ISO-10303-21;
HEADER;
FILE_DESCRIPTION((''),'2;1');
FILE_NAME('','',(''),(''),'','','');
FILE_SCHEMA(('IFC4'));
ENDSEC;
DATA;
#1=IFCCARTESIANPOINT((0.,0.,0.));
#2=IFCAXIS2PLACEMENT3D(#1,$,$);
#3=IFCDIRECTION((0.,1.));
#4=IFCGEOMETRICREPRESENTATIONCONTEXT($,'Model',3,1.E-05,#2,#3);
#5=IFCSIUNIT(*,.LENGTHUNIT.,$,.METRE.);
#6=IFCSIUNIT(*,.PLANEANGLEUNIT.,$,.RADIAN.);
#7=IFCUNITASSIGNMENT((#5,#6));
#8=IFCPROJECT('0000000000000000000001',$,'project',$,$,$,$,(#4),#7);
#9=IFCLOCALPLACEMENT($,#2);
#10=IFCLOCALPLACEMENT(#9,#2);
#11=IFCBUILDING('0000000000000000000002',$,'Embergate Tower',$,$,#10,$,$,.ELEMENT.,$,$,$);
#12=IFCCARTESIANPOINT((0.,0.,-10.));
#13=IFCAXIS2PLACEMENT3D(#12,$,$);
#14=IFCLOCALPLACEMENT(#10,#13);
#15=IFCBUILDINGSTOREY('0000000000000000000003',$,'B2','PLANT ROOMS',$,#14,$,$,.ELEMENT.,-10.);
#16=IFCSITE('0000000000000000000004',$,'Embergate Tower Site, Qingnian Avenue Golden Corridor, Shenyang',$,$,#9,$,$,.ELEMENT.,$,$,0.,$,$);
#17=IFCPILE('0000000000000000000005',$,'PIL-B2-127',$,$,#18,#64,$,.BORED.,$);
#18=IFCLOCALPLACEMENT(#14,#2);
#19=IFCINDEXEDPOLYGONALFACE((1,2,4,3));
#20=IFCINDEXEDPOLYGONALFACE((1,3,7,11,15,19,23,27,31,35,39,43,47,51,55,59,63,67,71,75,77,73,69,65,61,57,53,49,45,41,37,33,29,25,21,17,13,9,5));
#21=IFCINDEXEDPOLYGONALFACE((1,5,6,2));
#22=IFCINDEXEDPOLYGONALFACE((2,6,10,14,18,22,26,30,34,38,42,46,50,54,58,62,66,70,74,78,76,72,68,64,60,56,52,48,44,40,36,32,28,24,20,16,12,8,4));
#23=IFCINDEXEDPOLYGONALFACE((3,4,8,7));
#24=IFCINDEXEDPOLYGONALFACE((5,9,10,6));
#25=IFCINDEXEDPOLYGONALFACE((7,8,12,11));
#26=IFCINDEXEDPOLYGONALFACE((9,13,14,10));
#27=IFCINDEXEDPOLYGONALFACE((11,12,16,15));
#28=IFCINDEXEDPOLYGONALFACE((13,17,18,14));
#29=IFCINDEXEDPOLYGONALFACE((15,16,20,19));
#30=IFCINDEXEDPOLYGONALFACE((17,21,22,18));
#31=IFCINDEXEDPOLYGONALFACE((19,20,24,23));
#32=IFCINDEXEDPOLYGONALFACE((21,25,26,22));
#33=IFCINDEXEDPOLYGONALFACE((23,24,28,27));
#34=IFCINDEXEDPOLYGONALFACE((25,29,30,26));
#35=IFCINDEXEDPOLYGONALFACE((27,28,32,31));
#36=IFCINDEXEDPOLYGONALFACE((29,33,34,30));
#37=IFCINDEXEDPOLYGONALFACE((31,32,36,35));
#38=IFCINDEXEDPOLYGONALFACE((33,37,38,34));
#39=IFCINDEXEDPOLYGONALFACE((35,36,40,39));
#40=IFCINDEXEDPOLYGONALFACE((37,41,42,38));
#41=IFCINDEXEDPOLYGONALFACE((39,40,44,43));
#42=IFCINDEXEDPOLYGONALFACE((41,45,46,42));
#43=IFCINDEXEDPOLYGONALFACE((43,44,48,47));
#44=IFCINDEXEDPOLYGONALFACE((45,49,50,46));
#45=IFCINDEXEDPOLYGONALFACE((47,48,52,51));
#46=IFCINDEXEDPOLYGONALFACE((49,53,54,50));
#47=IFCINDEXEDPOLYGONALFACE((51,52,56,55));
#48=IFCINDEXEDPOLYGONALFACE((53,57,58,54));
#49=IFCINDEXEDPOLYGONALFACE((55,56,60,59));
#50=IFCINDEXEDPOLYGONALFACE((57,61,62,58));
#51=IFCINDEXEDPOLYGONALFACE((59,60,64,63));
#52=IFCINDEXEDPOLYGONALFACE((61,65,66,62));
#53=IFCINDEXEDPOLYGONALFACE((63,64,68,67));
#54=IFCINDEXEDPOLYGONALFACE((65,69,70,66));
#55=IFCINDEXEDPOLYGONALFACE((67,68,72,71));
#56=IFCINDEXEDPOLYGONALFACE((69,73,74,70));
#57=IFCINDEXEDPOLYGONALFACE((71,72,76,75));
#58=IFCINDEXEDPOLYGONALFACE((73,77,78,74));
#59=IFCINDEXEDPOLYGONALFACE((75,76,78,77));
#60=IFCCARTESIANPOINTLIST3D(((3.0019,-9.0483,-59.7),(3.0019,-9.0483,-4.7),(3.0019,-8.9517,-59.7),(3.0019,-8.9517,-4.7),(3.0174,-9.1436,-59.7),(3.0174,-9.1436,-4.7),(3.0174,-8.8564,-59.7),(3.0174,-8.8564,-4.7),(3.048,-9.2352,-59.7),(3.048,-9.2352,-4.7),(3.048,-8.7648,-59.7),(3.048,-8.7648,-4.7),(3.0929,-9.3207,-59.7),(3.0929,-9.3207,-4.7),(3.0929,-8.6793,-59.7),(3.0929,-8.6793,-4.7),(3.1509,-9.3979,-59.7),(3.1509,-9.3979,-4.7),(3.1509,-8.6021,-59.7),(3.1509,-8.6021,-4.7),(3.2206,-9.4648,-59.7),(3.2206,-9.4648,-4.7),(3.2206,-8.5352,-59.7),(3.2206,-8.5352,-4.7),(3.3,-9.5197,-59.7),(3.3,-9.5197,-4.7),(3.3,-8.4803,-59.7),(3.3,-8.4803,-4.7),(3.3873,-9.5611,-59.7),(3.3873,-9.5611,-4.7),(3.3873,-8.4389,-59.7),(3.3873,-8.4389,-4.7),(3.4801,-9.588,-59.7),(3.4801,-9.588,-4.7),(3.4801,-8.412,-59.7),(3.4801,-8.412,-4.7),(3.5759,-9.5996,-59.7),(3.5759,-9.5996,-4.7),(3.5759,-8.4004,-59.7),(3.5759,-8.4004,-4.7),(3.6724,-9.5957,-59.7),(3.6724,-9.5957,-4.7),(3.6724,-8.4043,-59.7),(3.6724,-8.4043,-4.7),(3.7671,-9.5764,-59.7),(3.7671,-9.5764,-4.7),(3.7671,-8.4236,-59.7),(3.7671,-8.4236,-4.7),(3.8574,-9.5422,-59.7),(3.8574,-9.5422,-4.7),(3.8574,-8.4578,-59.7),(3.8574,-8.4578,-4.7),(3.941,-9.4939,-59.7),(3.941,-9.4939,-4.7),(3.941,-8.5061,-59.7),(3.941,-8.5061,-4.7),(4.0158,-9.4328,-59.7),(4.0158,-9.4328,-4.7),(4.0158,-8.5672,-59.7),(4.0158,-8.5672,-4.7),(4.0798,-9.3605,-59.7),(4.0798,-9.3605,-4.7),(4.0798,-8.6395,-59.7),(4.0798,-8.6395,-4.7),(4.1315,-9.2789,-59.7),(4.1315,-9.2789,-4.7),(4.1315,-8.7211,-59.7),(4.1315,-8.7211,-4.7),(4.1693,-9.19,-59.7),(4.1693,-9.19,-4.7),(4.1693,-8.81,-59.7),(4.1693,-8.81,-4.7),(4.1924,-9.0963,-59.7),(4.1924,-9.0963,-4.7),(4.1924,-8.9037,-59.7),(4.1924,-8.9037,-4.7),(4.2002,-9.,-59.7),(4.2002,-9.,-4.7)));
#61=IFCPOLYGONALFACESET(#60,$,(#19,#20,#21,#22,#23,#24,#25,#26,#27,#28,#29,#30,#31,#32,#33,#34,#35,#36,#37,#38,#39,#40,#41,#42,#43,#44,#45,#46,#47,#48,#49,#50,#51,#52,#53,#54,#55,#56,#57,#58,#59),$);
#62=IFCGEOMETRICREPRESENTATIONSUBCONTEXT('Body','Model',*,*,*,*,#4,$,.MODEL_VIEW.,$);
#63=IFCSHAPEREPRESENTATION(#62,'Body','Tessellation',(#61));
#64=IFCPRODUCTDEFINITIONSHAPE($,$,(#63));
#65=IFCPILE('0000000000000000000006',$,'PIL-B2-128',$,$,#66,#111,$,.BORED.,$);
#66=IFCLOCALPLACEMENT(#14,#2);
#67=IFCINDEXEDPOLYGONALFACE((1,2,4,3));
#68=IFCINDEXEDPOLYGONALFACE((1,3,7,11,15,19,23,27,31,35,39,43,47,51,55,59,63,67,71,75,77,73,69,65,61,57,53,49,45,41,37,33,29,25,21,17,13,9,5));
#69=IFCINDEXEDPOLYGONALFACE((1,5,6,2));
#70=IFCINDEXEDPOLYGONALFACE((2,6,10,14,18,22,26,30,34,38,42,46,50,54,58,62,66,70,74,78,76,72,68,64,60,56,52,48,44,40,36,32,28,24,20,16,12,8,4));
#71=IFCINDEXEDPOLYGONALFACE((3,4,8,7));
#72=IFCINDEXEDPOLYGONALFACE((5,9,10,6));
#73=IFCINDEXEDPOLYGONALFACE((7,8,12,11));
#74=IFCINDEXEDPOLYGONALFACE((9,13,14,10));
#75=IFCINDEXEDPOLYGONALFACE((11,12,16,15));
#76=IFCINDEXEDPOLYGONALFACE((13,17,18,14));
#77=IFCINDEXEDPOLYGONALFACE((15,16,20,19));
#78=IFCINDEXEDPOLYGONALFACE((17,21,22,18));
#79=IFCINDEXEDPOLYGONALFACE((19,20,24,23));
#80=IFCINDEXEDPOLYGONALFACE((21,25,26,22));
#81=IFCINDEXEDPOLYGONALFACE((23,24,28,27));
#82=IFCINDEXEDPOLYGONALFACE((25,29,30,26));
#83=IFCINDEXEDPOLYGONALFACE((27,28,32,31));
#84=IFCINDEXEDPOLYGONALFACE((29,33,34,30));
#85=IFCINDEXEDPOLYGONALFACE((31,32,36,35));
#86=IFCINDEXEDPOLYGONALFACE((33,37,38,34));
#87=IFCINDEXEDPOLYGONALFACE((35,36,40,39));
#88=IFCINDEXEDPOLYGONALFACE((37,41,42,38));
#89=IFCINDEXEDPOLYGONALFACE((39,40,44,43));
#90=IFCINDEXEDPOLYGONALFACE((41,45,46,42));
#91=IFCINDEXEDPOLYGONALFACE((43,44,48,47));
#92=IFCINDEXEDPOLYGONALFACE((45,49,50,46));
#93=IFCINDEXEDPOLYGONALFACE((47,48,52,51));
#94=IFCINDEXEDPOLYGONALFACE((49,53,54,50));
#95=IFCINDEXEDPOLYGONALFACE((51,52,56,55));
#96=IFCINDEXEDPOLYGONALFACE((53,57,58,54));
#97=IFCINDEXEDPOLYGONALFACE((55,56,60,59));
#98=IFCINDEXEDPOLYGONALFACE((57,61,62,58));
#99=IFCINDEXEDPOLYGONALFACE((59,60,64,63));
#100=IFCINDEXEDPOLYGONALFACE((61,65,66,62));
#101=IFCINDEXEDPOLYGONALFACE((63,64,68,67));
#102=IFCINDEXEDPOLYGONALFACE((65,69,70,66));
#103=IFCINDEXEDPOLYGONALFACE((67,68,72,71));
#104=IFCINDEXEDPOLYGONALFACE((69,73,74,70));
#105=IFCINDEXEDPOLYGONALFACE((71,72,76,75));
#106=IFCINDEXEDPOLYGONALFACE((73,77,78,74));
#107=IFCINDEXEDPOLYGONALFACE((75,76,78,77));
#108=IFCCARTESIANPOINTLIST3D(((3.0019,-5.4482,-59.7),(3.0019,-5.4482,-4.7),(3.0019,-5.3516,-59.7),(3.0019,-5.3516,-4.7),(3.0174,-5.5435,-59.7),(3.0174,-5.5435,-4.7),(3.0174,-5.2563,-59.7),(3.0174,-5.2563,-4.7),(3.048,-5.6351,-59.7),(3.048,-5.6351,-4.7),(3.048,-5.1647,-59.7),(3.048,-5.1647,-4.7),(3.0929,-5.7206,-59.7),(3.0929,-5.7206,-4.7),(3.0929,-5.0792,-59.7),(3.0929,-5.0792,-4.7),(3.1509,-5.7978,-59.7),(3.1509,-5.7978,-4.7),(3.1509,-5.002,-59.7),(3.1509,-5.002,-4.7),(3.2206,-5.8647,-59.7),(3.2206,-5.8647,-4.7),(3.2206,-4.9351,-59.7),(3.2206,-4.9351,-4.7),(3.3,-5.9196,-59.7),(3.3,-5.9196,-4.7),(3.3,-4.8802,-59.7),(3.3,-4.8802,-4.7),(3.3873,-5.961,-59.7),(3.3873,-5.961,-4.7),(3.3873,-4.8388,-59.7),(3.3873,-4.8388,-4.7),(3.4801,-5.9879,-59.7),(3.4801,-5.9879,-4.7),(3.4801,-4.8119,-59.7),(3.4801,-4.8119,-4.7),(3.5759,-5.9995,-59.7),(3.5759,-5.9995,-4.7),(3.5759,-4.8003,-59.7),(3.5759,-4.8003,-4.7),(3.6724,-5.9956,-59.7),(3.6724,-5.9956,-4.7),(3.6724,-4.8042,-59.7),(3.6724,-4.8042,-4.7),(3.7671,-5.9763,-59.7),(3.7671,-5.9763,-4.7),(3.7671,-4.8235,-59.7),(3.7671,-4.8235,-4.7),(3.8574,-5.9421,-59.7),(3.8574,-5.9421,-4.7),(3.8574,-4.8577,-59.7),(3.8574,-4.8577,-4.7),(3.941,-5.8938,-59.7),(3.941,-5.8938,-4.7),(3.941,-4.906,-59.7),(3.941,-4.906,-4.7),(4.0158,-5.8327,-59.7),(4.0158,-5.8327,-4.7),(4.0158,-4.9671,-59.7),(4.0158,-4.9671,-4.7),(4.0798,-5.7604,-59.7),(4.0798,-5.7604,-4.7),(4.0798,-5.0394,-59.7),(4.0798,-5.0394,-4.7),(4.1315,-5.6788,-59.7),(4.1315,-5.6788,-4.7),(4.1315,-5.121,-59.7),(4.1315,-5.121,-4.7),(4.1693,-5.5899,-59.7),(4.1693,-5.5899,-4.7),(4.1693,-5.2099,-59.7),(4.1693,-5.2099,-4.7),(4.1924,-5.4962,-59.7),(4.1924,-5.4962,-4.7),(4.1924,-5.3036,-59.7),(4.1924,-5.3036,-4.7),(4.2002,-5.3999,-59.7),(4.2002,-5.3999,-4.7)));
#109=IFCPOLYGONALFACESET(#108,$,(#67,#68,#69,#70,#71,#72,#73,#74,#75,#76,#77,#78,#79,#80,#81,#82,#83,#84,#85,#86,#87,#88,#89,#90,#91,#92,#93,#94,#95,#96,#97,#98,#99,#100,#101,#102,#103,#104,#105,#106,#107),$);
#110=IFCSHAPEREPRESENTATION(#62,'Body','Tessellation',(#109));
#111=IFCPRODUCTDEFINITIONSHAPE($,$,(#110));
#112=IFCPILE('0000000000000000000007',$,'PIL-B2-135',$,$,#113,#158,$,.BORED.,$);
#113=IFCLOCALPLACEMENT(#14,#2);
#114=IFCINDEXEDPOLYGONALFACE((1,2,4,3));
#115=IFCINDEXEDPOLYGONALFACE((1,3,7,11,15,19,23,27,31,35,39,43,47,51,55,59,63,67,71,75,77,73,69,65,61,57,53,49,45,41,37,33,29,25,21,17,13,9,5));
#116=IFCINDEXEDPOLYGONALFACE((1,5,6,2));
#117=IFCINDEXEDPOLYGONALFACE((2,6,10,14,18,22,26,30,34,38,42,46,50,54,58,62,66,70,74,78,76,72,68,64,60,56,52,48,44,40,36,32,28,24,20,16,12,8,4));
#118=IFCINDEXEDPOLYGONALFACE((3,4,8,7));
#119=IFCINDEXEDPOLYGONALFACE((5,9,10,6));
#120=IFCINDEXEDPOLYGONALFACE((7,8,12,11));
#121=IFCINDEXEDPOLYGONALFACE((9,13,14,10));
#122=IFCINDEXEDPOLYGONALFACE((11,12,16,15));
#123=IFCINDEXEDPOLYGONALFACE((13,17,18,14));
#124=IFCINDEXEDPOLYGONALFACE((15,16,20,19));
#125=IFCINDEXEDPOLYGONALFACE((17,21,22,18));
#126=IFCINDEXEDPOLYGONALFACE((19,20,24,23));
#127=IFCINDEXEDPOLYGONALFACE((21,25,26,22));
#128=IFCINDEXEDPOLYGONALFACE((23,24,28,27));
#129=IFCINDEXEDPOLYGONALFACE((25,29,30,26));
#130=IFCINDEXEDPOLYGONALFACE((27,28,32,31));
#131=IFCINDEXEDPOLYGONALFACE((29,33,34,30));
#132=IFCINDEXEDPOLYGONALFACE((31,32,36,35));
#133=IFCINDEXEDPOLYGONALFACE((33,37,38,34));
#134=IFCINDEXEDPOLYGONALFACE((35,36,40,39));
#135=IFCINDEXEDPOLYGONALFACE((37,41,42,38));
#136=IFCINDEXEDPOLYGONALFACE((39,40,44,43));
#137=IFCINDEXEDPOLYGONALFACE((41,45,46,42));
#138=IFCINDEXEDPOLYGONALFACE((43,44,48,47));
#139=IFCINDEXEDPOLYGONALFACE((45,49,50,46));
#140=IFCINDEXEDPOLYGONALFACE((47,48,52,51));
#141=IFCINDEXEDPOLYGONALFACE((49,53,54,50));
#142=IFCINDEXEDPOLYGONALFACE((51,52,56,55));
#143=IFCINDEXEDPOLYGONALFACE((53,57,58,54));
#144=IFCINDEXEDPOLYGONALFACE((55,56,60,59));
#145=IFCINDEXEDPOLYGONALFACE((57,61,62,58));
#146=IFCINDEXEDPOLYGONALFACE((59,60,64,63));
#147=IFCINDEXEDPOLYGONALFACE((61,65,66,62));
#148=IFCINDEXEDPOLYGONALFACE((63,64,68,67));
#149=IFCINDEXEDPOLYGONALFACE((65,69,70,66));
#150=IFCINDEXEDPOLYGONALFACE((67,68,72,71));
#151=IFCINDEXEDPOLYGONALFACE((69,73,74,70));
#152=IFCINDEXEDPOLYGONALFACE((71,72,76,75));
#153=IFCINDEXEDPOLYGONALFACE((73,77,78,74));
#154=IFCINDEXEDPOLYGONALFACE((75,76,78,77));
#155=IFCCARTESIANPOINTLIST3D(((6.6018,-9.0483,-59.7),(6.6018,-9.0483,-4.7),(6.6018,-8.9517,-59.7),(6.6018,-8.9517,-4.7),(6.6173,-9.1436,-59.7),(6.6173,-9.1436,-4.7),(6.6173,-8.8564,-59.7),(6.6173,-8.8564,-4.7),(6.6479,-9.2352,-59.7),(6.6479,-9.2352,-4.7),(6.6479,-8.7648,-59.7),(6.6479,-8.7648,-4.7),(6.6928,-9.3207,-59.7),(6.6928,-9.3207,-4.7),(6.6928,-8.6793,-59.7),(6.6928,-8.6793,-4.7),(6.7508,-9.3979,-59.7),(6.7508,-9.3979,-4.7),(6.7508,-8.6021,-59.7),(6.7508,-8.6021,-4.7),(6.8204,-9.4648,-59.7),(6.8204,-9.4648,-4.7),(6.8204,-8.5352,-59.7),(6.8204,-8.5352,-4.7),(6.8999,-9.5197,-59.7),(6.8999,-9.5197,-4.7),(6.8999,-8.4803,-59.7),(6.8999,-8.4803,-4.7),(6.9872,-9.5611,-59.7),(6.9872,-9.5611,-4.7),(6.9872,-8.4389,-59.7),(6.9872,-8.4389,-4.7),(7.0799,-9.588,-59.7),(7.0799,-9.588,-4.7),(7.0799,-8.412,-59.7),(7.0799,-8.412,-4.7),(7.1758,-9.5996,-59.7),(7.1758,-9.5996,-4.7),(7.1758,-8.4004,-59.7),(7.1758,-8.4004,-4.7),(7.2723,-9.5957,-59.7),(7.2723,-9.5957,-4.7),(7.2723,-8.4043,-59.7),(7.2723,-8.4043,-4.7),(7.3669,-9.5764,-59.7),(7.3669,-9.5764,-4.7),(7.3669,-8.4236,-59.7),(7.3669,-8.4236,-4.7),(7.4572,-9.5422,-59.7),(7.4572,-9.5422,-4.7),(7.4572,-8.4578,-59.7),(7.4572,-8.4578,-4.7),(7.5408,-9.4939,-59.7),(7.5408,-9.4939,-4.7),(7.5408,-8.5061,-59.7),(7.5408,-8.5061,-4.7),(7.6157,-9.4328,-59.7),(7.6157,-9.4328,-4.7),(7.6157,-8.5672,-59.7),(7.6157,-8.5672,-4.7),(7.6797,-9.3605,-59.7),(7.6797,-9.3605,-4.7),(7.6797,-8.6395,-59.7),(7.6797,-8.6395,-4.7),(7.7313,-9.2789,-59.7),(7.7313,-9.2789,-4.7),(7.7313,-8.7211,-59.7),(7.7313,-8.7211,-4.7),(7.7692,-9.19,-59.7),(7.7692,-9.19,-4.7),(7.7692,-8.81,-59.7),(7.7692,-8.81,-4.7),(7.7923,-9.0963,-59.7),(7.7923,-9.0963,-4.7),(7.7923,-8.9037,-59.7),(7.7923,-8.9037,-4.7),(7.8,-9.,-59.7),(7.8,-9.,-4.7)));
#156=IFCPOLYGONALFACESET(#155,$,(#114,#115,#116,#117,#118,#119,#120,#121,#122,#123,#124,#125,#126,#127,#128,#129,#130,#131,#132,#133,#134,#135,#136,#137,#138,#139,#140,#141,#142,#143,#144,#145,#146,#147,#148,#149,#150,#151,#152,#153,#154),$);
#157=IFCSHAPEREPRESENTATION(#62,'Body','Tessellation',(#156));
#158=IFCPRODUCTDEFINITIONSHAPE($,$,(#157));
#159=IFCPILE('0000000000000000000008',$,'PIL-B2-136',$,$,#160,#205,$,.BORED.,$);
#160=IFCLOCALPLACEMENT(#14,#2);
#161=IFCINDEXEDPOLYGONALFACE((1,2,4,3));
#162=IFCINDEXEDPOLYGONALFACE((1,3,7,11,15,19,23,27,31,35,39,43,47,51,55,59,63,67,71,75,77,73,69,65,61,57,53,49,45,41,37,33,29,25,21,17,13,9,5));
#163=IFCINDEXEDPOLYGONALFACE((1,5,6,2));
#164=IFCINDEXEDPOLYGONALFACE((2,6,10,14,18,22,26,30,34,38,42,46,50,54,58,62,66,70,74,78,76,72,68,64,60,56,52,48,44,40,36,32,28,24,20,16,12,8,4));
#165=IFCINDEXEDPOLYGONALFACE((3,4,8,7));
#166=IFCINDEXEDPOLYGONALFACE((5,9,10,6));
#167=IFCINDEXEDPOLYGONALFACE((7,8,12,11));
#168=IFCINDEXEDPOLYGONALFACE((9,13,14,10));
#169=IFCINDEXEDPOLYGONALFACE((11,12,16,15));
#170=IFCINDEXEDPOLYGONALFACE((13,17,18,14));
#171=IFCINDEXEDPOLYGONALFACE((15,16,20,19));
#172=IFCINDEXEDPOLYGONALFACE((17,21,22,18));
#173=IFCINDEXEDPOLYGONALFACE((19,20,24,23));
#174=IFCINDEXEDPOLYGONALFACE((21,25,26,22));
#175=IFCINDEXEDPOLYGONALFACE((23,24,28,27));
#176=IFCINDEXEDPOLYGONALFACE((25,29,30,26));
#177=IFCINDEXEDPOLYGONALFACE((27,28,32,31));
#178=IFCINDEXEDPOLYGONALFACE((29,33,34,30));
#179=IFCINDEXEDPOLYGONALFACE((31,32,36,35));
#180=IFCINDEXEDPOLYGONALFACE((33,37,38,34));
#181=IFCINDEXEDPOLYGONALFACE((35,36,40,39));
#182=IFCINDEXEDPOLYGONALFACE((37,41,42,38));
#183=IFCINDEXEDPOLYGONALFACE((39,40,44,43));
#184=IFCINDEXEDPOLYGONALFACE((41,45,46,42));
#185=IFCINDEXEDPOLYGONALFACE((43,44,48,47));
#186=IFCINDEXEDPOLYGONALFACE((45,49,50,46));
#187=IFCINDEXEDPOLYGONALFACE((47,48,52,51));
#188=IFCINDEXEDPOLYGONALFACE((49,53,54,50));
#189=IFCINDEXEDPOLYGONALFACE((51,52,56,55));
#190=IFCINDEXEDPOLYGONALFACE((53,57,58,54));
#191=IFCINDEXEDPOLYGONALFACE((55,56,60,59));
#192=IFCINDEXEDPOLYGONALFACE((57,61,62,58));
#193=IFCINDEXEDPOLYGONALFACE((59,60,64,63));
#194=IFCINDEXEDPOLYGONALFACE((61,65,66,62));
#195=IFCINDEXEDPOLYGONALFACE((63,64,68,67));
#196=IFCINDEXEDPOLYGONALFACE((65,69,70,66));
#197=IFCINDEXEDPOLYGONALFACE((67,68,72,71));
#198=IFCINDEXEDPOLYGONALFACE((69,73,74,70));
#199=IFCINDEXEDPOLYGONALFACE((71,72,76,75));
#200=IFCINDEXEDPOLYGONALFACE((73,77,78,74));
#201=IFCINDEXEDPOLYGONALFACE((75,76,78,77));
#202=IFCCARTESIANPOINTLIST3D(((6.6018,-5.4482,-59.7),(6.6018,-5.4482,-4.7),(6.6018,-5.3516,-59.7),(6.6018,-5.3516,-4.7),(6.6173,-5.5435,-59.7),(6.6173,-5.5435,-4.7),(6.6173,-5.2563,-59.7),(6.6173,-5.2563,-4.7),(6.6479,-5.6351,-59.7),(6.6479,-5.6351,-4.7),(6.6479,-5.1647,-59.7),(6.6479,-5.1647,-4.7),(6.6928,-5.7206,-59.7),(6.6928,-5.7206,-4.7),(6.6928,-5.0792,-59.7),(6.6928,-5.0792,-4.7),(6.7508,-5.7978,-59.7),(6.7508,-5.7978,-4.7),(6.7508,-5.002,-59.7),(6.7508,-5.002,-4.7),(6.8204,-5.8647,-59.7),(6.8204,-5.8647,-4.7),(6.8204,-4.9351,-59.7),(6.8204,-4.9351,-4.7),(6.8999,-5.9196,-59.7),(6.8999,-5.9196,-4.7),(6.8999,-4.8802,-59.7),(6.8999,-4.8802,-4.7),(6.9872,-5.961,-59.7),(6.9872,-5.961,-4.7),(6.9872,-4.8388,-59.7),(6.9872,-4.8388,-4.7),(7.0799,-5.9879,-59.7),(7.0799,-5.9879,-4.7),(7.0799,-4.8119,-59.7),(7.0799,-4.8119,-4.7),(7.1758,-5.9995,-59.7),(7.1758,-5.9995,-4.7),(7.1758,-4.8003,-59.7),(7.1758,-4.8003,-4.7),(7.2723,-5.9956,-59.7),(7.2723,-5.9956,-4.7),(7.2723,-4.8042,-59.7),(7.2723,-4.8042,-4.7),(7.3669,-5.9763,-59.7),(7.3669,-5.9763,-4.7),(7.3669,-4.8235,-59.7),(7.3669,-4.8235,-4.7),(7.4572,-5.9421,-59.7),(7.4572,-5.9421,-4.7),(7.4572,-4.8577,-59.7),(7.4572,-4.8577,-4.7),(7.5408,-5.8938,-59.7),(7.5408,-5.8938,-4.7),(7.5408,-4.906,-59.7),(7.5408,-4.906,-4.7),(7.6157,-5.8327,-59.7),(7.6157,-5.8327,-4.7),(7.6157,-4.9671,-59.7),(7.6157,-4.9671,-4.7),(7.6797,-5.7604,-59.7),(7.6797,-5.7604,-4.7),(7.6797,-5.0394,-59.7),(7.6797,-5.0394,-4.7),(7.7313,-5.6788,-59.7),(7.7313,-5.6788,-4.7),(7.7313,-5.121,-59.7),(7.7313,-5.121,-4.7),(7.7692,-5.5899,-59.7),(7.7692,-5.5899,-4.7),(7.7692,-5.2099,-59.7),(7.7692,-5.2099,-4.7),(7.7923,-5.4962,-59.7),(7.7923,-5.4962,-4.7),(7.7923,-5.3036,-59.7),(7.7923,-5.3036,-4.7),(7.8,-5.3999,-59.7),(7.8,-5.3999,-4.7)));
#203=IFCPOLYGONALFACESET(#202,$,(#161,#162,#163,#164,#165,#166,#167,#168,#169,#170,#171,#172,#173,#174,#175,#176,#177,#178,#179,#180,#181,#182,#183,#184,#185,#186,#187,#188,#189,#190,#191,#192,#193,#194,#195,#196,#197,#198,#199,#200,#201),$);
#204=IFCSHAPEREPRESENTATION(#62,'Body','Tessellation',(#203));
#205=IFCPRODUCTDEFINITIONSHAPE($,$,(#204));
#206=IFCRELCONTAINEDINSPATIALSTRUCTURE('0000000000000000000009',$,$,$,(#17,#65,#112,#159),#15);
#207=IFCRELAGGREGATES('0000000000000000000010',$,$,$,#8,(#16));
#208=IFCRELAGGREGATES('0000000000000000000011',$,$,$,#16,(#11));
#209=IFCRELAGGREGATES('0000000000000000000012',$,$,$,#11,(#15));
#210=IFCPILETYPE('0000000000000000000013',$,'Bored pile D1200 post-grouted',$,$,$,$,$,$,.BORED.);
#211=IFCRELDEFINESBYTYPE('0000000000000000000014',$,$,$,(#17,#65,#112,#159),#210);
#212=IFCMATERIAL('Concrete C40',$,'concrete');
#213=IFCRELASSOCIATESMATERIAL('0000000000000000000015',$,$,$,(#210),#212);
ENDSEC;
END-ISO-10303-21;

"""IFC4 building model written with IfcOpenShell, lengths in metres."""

from ifc_helpers import new_model, si_unit, direction, frame, origin, origin_2d, place, context, subcontext, project, spatial, circle, extrude, source, transform, mapped, material, material_profile, profile_set, type_object, element, save


model = new_model("IFC4")

# Units and contexts
model_context = context("Model", 3, precision=1e-05, world=origin(), true_north=direction((0.0, 1.0)))
body_context = subcontext(model_context, "Body", "Model", "MODEL_VIEW")
ifc_project = project(units=[si_unit("LENGTHUNIT", "METRE"), si_unit("PLANEANGLEUNIT", "RADIAN")], contexts=[model_context])

# Site, building, storey
site_placement = place(None, origin())
site = spatial("IfcSite", under=ifc_project, at=site_placement, Name="Embergate Tower Site, Qingnian Avenue Golden Corridor, Shenyang", CompositionType="ELEMENT", RefElevation=0.0)
building_placement = place(site_placement, origin())
building = spatial("IfcBuilding", under=site, at=building_placement, Name="Embergate Tower", CompositionType="ELEMENT")
storey_placement = place(building_placement, frame((0.0, 0.0, -10.0)))
storey = spatial("IfcBuildingStorey", under=building, at=storey_placement, Name="B2", Description="PLANT ROOMS", CompositionType="ELEMENT", Elevation=-10.0)

# Piles
ifc_material_1 = material(Name="Concrete C40", Category="concrete")
ifc_material_profile = material_profile(ifc_material_1, circle(Radius=0.6001, at=origin_2d()), Name="D1200")
ifc_profile_set = profile_set([ifc_material_profile], Name="Concrete C40")
pile_type = type_object("IfcPileType", Name="Bored pile D1200 post-grouted", PredefinedType="BORED", material=ifc_profile_set)
shared_shape_1 = source(origin(), body_context, "Body", "SweptSolid", [
    extrude(circle(Radius=0.6001, at=origin_2d()), origin(), (0.0, 0.0, 1.0), 55.0),
])
for number, where, z_axis, x_axis, name in (
    (1, (3.6001, -9.0, -4.7), (0.0, 0.0, -1.0), (1.0, 0.0, 0.0), "PIL-B2-127"),
    (2, (3.6001, -5.3999, -4.7), (0.0, 0.0, -1.0), (1.0, 0.0, 0.0), "PIL-B2-128"),
    (3, (7.2, -9.0, -4.7), (0.0, 0.0, -1.0), (1.0, 0.0, 0.0), "PIL-B2-135"),
    (4, (7.2, -5.3999, -4.7), (0.0, 0.0, -1.0), (1.0, 0.0, 0.0), "PIL-B2-136"),
):
    element("IfcPile", number, at=place(storey_placement, frame(where, z_axis=z_axis, x_axis=x_axis)), inside=storey, type_object=pile_type, Name=name, PredefinedType="BORED", context=body_context, shape_type="MappedRepresentation", body=[
        mapped(shared_shape_1, transform((0.0, 0.0, 0.0))),
    ])

save(model, "model.ifc")
